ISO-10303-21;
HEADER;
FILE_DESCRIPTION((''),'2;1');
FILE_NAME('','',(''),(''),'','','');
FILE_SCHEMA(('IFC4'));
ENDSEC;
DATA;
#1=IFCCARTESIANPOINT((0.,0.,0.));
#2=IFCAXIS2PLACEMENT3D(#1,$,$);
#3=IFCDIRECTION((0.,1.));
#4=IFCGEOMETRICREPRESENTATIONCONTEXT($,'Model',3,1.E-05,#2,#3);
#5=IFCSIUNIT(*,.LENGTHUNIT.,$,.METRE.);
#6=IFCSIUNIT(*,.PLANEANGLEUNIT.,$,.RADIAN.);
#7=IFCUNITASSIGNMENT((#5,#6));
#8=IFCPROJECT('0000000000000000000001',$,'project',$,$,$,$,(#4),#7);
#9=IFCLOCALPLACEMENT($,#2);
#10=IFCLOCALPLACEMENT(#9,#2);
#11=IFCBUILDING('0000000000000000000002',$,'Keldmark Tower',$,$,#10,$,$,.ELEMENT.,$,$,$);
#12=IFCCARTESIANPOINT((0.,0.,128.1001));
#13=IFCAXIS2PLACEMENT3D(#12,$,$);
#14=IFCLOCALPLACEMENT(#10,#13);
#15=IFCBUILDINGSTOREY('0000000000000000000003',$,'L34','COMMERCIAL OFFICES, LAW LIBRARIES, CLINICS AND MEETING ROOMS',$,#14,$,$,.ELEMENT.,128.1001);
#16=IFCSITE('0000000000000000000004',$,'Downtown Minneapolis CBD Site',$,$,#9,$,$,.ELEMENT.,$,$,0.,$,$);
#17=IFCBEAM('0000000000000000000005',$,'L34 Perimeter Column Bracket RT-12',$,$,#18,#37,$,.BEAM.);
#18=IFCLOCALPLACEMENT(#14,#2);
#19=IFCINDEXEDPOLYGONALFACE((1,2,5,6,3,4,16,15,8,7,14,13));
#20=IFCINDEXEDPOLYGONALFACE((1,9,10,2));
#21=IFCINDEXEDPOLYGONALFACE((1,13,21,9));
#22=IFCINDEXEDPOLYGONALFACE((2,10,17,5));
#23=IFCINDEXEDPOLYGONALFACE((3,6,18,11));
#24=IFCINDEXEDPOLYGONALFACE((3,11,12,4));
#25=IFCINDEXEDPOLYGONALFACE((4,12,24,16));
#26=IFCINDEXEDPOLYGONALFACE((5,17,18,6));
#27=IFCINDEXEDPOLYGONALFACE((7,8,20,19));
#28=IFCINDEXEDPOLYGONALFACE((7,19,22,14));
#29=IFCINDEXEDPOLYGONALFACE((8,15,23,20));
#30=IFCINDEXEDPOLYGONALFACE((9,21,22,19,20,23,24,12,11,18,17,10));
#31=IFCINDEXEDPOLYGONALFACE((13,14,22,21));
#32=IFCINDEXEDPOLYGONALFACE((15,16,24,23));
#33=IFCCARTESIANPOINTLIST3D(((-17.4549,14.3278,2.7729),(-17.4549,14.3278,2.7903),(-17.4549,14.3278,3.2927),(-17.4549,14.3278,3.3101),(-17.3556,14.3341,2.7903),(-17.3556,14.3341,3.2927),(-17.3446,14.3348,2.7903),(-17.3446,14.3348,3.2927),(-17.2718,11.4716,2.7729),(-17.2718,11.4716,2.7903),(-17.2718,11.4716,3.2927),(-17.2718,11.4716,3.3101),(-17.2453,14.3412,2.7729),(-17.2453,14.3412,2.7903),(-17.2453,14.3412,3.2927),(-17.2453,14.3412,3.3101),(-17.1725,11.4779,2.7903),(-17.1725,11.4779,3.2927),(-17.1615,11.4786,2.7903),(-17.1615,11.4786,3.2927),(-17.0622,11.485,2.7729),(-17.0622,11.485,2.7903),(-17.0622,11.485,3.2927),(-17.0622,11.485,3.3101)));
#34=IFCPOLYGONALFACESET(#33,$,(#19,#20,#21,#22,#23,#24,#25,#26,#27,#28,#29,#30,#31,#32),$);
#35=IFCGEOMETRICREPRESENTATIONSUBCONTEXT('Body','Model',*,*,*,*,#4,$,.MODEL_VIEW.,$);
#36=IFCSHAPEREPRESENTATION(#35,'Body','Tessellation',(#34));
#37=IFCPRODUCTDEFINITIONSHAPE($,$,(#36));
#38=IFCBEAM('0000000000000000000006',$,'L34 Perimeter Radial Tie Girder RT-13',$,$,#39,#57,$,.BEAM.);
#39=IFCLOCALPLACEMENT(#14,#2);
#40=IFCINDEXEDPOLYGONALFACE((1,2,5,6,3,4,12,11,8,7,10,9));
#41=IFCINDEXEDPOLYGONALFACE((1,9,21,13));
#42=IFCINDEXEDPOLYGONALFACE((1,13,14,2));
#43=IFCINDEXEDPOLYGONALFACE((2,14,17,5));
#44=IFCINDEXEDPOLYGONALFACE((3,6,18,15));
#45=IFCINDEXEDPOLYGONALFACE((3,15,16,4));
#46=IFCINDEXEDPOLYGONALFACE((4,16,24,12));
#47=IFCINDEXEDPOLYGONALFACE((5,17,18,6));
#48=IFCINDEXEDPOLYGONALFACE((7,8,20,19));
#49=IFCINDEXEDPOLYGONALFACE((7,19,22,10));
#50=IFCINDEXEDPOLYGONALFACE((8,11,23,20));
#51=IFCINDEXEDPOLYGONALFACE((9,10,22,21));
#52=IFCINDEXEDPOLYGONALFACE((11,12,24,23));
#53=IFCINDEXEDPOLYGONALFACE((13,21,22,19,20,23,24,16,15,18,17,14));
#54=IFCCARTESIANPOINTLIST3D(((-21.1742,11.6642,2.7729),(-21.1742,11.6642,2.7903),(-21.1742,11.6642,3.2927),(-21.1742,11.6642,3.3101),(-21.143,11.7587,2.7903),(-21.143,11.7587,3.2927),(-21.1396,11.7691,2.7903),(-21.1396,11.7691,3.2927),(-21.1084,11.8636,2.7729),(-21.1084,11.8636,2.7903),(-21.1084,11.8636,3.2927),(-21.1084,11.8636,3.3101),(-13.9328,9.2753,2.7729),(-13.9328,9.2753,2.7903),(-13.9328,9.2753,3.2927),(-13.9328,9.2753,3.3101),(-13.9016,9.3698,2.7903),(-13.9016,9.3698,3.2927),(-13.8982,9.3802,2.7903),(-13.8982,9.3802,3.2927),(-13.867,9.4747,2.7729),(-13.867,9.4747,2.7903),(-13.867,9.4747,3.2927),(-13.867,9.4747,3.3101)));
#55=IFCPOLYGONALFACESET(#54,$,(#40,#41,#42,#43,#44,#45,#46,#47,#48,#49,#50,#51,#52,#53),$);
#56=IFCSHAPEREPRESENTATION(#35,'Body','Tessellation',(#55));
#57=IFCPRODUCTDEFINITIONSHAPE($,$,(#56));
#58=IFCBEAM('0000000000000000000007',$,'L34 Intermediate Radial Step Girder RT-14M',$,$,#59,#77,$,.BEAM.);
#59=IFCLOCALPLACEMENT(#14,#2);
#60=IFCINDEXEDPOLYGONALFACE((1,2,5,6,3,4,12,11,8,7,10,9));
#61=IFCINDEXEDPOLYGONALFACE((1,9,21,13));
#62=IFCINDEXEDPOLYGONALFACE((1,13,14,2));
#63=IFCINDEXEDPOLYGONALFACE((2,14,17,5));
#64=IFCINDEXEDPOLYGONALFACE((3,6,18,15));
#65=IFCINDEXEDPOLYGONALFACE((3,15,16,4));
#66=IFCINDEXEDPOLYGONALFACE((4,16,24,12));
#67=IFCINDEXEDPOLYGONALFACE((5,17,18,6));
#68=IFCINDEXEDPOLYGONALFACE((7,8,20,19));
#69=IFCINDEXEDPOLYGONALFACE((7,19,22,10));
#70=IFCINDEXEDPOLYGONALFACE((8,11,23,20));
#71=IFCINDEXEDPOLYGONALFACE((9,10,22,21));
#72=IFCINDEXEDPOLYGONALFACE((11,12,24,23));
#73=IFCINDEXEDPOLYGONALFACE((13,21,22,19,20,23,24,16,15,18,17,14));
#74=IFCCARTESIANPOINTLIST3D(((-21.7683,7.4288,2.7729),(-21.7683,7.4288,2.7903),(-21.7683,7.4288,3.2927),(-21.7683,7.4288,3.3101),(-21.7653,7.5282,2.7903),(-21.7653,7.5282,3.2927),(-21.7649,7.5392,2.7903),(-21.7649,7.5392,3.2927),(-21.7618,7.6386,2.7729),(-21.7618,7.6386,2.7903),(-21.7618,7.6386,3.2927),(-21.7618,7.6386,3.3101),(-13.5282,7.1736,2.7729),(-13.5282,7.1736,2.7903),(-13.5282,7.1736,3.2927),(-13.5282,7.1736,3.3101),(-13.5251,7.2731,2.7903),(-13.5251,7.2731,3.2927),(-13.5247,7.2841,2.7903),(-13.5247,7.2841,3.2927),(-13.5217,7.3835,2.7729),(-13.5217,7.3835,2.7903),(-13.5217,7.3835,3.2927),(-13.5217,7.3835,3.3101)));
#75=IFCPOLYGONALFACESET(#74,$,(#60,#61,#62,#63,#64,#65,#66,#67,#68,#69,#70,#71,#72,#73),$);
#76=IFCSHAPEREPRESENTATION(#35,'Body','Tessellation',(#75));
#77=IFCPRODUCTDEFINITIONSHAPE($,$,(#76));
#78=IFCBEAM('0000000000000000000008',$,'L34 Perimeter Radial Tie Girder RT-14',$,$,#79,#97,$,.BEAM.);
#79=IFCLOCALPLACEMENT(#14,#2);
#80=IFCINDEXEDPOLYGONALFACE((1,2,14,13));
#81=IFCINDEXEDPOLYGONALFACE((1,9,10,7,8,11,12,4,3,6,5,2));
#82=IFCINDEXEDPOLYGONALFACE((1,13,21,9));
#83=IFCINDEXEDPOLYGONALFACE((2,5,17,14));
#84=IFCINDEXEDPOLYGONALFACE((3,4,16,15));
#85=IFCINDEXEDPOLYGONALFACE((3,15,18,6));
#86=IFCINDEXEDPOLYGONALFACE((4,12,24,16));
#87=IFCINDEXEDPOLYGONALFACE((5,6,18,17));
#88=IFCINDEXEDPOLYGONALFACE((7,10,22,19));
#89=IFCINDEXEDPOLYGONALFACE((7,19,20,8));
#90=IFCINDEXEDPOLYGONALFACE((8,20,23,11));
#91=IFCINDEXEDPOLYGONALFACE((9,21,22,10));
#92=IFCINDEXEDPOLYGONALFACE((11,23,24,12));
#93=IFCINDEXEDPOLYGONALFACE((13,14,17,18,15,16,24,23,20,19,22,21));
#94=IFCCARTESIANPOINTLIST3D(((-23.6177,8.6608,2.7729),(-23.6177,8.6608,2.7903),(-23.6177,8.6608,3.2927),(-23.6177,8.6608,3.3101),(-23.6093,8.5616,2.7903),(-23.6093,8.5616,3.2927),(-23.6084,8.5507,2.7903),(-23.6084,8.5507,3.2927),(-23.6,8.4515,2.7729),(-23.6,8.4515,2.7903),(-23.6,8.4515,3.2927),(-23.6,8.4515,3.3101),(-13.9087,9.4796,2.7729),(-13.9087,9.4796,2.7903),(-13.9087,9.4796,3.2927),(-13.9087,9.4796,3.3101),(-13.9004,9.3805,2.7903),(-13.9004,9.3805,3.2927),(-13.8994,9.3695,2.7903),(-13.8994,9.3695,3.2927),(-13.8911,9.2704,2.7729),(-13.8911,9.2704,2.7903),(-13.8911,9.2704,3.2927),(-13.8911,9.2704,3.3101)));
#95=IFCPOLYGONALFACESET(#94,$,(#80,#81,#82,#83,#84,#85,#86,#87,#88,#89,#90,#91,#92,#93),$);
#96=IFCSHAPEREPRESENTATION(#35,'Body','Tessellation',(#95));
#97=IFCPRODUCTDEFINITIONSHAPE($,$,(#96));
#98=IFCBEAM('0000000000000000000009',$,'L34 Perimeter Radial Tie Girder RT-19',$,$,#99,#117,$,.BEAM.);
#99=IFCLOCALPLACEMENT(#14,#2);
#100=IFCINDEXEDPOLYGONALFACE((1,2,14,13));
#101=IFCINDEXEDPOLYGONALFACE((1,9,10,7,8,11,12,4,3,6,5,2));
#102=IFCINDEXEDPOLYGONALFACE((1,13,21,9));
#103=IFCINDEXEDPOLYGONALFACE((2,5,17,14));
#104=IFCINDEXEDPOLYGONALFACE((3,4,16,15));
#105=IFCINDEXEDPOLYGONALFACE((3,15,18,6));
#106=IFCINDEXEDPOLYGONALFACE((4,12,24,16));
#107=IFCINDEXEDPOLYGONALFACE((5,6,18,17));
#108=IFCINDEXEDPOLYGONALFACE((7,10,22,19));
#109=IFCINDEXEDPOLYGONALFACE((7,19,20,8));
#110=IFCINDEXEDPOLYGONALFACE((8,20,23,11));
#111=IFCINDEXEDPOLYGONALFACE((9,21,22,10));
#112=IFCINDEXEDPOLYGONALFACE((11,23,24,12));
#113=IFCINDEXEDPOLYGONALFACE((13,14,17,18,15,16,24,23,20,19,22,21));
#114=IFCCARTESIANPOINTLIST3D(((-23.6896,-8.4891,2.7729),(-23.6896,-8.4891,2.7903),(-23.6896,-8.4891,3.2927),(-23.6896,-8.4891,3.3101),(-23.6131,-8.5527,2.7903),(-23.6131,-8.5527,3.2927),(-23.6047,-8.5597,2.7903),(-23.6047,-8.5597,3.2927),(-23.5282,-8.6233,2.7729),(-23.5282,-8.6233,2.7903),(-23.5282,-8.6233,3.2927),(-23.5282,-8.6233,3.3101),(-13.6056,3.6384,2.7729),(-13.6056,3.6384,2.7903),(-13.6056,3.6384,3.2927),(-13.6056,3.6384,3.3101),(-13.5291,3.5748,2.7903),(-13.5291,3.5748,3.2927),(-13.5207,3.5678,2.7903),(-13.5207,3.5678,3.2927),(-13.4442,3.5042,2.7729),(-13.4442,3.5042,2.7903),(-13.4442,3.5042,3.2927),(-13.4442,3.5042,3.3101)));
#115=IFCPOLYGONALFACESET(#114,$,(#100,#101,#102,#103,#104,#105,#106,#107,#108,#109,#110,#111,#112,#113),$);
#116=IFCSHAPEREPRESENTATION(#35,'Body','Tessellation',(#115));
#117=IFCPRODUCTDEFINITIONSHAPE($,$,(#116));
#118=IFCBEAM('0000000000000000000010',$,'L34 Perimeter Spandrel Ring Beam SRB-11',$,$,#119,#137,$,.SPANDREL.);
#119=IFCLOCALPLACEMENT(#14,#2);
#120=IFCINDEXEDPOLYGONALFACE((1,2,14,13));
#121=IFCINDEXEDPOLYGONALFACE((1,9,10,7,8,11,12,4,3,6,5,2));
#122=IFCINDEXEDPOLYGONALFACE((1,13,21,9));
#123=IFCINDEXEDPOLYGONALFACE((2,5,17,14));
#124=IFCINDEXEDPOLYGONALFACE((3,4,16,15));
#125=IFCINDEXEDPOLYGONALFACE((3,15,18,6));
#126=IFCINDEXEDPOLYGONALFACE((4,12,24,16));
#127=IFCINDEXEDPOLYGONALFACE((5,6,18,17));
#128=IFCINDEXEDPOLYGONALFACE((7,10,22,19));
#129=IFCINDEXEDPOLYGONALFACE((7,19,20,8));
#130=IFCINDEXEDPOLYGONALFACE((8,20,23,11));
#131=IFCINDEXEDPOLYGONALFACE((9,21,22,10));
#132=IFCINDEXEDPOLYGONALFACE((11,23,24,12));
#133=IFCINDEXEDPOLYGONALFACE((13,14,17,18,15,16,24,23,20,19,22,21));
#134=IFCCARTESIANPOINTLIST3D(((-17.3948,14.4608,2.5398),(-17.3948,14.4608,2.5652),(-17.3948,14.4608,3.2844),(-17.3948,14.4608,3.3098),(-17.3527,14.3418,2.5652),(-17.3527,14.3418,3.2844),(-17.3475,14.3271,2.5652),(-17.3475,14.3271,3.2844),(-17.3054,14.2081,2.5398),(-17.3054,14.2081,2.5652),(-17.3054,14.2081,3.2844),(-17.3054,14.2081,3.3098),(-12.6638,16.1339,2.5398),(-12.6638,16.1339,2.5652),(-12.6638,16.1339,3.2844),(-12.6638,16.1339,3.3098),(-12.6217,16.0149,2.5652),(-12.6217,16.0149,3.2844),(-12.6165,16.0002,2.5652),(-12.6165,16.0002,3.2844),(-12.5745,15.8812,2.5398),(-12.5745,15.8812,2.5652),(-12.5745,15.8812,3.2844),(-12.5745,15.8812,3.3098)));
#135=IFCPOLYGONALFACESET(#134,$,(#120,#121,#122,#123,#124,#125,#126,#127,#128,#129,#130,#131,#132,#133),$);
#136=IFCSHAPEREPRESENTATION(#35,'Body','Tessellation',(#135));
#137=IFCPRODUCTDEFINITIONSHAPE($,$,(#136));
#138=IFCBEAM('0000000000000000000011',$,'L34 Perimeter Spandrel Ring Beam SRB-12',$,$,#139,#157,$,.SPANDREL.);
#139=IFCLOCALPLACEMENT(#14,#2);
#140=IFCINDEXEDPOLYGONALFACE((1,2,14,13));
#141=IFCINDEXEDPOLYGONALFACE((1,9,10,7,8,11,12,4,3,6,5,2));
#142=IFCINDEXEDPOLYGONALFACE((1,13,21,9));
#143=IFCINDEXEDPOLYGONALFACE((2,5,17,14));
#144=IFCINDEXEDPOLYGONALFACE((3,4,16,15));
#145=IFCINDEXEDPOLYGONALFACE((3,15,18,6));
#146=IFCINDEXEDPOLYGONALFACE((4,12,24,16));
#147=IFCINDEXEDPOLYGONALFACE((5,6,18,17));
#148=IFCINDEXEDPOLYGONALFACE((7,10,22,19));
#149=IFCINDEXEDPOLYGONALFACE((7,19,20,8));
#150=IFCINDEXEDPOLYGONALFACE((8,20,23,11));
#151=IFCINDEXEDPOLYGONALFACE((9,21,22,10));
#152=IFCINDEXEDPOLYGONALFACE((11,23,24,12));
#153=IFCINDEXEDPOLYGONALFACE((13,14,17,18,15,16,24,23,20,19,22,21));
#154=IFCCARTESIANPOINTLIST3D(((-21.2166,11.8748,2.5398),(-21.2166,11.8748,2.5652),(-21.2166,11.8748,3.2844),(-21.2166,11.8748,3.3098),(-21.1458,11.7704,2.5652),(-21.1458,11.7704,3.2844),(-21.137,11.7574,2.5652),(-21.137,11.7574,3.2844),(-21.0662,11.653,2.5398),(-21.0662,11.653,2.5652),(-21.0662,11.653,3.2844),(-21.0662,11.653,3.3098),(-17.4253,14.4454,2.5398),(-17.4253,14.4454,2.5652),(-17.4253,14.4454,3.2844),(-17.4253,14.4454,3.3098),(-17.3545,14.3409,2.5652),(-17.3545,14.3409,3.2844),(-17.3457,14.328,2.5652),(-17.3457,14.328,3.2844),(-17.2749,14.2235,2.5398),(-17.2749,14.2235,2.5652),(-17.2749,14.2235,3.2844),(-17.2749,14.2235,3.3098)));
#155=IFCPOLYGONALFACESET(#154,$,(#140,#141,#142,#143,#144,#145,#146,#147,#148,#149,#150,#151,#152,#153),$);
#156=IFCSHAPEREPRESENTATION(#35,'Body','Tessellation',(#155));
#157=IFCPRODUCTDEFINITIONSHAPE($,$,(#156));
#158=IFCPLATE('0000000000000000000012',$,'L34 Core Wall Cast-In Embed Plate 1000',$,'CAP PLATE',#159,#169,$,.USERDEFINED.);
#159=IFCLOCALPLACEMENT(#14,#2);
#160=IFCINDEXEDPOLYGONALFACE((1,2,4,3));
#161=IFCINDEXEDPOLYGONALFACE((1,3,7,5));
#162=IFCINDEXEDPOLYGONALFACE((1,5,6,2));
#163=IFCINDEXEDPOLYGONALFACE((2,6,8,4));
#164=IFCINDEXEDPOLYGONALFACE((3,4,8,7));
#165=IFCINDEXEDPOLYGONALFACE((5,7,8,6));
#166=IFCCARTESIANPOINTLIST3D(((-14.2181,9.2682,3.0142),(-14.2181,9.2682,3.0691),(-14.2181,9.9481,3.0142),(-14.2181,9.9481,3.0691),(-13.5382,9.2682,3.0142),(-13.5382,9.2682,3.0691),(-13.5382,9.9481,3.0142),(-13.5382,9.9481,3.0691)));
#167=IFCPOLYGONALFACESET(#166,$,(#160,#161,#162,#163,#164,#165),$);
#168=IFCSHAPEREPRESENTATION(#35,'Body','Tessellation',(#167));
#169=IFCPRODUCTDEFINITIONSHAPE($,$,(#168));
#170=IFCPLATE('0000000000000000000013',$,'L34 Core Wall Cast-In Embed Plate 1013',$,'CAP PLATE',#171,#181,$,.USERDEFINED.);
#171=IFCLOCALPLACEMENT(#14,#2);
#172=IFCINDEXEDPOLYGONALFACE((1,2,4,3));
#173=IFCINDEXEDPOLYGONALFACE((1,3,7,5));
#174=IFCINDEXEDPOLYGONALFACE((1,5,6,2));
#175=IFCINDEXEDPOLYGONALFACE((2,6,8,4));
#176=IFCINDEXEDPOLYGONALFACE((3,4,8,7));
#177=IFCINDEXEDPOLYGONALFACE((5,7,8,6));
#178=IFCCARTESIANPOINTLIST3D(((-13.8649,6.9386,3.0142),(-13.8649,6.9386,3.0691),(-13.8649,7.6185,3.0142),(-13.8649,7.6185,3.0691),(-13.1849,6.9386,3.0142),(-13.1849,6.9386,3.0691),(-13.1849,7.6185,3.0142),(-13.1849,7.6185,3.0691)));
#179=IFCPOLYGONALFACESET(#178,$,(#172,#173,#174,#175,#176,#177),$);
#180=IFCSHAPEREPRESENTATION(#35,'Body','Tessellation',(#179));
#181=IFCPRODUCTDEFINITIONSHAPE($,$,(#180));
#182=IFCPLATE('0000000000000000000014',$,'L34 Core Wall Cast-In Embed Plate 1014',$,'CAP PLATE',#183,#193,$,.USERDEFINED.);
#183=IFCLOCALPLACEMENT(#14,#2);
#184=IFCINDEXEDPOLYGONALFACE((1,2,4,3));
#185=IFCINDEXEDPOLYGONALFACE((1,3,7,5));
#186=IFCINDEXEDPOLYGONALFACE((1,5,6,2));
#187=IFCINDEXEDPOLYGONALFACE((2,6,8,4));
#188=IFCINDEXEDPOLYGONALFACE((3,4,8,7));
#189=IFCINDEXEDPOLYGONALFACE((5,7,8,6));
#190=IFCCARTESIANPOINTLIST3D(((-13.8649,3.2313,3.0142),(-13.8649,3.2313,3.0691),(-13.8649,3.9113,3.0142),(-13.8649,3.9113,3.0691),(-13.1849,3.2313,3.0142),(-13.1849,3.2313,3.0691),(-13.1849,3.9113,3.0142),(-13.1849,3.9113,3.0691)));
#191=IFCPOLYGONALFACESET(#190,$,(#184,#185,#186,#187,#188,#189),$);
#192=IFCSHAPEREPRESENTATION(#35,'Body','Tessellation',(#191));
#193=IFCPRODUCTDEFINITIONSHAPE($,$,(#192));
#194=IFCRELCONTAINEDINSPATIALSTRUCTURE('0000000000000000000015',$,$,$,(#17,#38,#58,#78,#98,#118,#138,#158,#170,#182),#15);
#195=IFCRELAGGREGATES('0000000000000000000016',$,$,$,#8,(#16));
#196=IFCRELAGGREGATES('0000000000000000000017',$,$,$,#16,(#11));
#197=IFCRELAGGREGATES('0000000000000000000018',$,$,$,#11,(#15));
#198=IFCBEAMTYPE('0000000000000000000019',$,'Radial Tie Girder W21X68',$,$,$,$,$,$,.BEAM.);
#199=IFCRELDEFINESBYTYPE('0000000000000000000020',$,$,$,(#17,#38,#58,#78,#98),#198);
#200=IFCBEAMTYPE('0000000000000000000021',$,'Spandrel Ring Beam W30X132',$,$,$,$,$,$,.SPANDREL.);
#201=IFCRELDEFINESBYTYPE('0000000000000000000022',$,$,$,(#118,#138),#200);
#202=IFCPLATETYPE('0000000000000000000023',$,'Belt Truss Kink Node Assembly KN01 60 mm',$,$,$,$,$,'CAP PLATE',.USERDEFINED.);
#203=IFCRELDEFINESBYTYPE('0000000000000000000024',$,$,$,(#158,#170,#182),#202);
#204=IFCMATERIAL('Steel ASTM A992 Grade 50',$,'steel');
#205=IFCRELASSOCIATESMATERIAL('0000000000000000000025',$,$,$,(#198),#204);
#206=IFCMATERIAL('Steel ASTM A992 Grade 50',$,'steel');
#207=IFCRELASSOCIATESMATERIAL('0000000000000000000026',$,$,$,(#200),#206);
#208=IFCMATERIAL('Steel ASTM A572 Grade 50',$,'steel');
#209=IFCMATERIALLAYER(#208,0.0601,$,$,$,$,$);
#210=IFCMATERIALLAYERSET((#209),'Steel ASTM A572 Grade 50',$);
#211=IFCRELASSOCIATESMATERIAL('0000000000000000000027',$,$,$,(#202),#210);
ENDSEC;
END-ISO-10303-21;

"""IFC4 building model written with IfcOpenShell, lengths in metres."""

from ifc_helpers import new_model, si_unit, direction, frame, origin, origin_2d, place, context, subcontext, project, spatial, rectangle, i_section, extrude, material, layer, layer_set, material_profile, profile_set, type_object, element, save


model = new_model("IFC4")

# Units and contexts
model_context = context("Model", 3, precision=1e-05, world=origin(), true_north=direction((0.0, 1.0)))
body_context = subcontext(model_context, "Body", "Model", "MODEL_VIEW")
ifc_project = project(units=[si_unit("LENGTHUNIT", "METRE"), si_unit("PLANEANGLEUNIT", "RADIAN")], contexts=[model_context])

# Site, building, storey
site_placement = place(None, origin())
site = spatial("IfcSite", under=ifc_project, at=site_placement, Name="Downtown Minneapolis CBD Site", CompositionType="ELEMENT", RefElevation=0.0)
building_placement = place(site_placement, origin())
building = spatial("IfcBuilding", under=site, at=building_placement, Name="Keldmark Tower", CompositionType="ELEMENT")
storey_placement = place(building_placement, frame((0.0, 0.0, 128.1001)))
storey = spatial("IfcBuildingStorey", under=building, at=storey_placement, Name="L34", Description="COMMERCIAL OFFICES, LAW LIBRARIES, CLINICS AND MEETING ROOMS", CompositionType="ELEMENT", Elevation=128.1001)

# Beams
ifc_material_1 = material(Name="Steel ASTM A992 Grade 50", Category="steel")
ifc_material_profile_1 = material_profile(ifc_material_1, i_section(OverallWidth=0.21, OverallDepth=0.5371, WebThickness=0.011, FlangeThickness=0.0173, at=origin_2d()), Name="W21X68")
ifc_profile_set_1 = profile_set([ifc_material_profile_1], Name="Steel ASTM A992 Grade 50")
beam_type_1 = type_object("IfcBeamType", Name="Radial Tie Girder W21X68", PredefinedType="BEAM", material=ifc_profile_set_1)
beam_1_placement = place(storey_placement, frame((-17.167, 11.4783, 3.0415), z_axis=(-0.063977, 0.997951, 0.0), x_axis=(-0.997951, -0.063977, 0.0)))
element("IfcBeam", 1, at=beam_1_placement, inside=storey, type_object=beam_type_1, Name="L34 Perimeter Column Bracket RT-12", PredefinedType="BEAM", context=body_context, shape_type="SweptSolid", body=[
    extrude(i_section(OverallWidth=0.21, OverallDepth=0.5371, WebThickness=0.011, FlangeThickness=0.0173, at=origin_2d()), origin(), (0.0, 0.0, 1.0), 2.8621),
])
beam_2_placement = place(storey_placement, frame((-13.8999, 9.375, 3.0415), z_axis=(-0.949658, 0.313287, 0.0), x_axis=(-0.313287, -0.949658, 0.0)))
element("IfcBeam", 2, at=beam_2_placement, inside=storey, type_object=beam_type_1, Name="L34 Perimeter Radial Tie Girder RT-13", PredefinedType="BEAM", context=body_context, shape_type="SweptSolid", body=[
    extrude(i_section(OverallWidth=0.21, OverallDepth=0.5371, WebThickness=0.011, FlangeThickness=0.0173, at=origin_2d()), origin(), (0.0, 0.0, 1.0), 7.6252),
])
beam_3_placement = place(storey_placement, frame((-13.5249, 7.2786, 3.0415), z_axis=(-0.999521, 0.030946, 0.0), x_axis=(-0.030946, -0.999521, 0.0)))
element("IfcBeam", 3, at=beam_3_placement, inside=storey, type_object=beam_type_1, Name="L34 Intermediate Radial Step Girder RT-14M", PredefinedType="BEAM", context=body_context, shape_type="SweptSolid", body=[
    extrude(i_section(OverallWidth=0.21, OverallDepth=0.5371, WebThickness=0.011, FlangeThickness=0.0173, at=origin_2d()), origin(), (0.0, 0.0, 1.0), 8.2441),
])
beam_4_placement = place(storey_placement, frame((-13.8999, 9.375, 3.0415), z_axis=(-0.996462, -0.084041, 0.0), x_axis=(0.084041, -0.996462, 0.0)))
element("IfcBeam", 4, at=beam_4_placement, inside=storey, type_object=beam_type_1, Name="L34 Perimeter Radial Tie Girder RT-14", PredefinedType="BEAM", context=body_context, shape_type="SweptSolid", body=[
    extrude(i_section(OverallWidth=0.21, OverallDepth=0.5371, WebThickness=0.011, FlangeThickness=0.0173, at=origin_2d()), origin(), (0.0, 0.0, 1.0), 9.7434),
])
beam_5_placement = place(storey_placement, frame((-13.5249, 3.5713, 3.0415), z_axis=(-0.639353, -0.768914, 0.0), x_axis=(0.768914, -0.639353, 0.0)))
element("IfcBeam", 5, at=beam_5_placement, inside=storey, type_object=beam_type_1, Name="L34 Perimeter Radial Tie Girder RT-19", PredefinedType="BEAM", context=body_context, shape_type="SweptSolid", body=[
    extrude(i_section(OverallWidth=0.21, OverallDepth=0.5371, WebThickness=0.011, FlangeThickness=0.0173, at=origin_2d()), origin(), (0.0, 0.0, 1.0), 15.7722),
])
ifc_material_2 = material(Name="Steel ASTM A992 Grade 50", Category="steel")
ifc_material_profile_2 = material_profile(ifc_material_2, i_section(OverallWidth=0.2681, OverallDepth=0.77, WebThickness=0.0156, FlangeThickness=0.0254, at=origin_2d()), Name="W30X132")
ifc_profile_set_2 = profile_set([ifc_material_profile_2], Name="Steel ASTM A992 Grade 50")
beam_type_2 = type_object("IfcBeamType", Name="Spandrel Ring Beam W30X132", PredefinedType="SPANDREL", material=ifc_profile_set_2)
beam_6_placement = place(storey_placement, frame((-12.6191, 16.0076, 2.9248), z_axis=(-0.942781, -0.333413, 0.0), x_axis=(0.333413, -0.942781, 0.0)))
element("IfcBeam", 6, at=beam_6_placement, inside=storey, type_object=beam_type_2, Name="L34 Perimeter Spandrel Ring Beam SRB-11", PredefinedType="SPANDREL", context=body_context, shape_type="SweptSolid", body=[
    extrude(i_section(OverallWidth=0.2681, OverallDepth=0.77, WebThickness=0.0156, FlangeThickness=0.0254, at=origin_2d()), origin(), (0.0, 0.0, 1.0), 5.0181),
])
beam_7_placement = place(storey_placement, frame((-17.3501, 14.3345, 2.9248), z_axis=(-0.827687, -0.56119, 0.0), x_axis=(0.56119, -0.827687, 0.0)))
element("IfcBeam", 7, at=beam_7_placement, inside=storey, type_object=beam_type_2, Name="L34 Perimeter Spandrel Ring Beam SRB-12", PredefinedType="SPANDREL", context=body_context, shape_type="SweptSolid", body=[
    extrude(i_section(OverallWidth=0.2681, OverallDepth=0.77, WebThickness=0.0156, FlangeThickness=0.0254, at=origin_2d()), origin(), (0.0, 0.0, 1.0), 4.5806),
])

# Plates
ifc_material_3 = material(Name="Steel ASTM A572 Grade 50", Category="steel")
ifc_layer_1 = layer(ifc_material_3, 0.0601)
ifc_layer_set_1 = layer_set([ifc_layer_1], Name="Steel ASTM A572 Grade 50")
plate_type_1 = type_object("IfcPlateType", Name="Belt Truss Kink Node Assembly KN01 60 mm", ElementType="CAP PLATE", PredefinedType="USERDEFINED", material=ifc_layer_set_1)
for number, where, z_axis, x_axis, name in (
    (8, (-13.8782, 9.6082, 3.0142), (0.0, 0.0, 1.0), (1.0, 0.0, 0.0), "L34 Core Wall Cast-In Embed Plate 1000"),
    (9, (-13.5249, 7.2786, 3.0142), (0.0, 0.0, 1.0), (1.0, 0.0, 0.0), "L34 Core Wall Cast-In Embed Plate 1013"),
    (10, (-13.5249, 3.5713, 3.0142), (0.0, 0.0, 1.0), (1.0, 0.0, 0.0), "L34 Core Wall Cast-In Embed Plate 1014"),
):
    element("IfcPlate", number, at=place(storey_placement, frame(where, z_axis=z_axis, x_axis=x_axis)), inside=storey, type_object=plate_type_1, Name=name, ObjectType="CAP PLATE", PredefinedType="USERDEFINED", context=body_context, shape_type="SweptSolid", body=[
        extrude(rectangle(XDim=0.6799, YDim=0.6799, at=origin_2d()), origin(), (0.0, 0.0, 1.0), 0.0549),
    ])

save(model, "model.ifc")
